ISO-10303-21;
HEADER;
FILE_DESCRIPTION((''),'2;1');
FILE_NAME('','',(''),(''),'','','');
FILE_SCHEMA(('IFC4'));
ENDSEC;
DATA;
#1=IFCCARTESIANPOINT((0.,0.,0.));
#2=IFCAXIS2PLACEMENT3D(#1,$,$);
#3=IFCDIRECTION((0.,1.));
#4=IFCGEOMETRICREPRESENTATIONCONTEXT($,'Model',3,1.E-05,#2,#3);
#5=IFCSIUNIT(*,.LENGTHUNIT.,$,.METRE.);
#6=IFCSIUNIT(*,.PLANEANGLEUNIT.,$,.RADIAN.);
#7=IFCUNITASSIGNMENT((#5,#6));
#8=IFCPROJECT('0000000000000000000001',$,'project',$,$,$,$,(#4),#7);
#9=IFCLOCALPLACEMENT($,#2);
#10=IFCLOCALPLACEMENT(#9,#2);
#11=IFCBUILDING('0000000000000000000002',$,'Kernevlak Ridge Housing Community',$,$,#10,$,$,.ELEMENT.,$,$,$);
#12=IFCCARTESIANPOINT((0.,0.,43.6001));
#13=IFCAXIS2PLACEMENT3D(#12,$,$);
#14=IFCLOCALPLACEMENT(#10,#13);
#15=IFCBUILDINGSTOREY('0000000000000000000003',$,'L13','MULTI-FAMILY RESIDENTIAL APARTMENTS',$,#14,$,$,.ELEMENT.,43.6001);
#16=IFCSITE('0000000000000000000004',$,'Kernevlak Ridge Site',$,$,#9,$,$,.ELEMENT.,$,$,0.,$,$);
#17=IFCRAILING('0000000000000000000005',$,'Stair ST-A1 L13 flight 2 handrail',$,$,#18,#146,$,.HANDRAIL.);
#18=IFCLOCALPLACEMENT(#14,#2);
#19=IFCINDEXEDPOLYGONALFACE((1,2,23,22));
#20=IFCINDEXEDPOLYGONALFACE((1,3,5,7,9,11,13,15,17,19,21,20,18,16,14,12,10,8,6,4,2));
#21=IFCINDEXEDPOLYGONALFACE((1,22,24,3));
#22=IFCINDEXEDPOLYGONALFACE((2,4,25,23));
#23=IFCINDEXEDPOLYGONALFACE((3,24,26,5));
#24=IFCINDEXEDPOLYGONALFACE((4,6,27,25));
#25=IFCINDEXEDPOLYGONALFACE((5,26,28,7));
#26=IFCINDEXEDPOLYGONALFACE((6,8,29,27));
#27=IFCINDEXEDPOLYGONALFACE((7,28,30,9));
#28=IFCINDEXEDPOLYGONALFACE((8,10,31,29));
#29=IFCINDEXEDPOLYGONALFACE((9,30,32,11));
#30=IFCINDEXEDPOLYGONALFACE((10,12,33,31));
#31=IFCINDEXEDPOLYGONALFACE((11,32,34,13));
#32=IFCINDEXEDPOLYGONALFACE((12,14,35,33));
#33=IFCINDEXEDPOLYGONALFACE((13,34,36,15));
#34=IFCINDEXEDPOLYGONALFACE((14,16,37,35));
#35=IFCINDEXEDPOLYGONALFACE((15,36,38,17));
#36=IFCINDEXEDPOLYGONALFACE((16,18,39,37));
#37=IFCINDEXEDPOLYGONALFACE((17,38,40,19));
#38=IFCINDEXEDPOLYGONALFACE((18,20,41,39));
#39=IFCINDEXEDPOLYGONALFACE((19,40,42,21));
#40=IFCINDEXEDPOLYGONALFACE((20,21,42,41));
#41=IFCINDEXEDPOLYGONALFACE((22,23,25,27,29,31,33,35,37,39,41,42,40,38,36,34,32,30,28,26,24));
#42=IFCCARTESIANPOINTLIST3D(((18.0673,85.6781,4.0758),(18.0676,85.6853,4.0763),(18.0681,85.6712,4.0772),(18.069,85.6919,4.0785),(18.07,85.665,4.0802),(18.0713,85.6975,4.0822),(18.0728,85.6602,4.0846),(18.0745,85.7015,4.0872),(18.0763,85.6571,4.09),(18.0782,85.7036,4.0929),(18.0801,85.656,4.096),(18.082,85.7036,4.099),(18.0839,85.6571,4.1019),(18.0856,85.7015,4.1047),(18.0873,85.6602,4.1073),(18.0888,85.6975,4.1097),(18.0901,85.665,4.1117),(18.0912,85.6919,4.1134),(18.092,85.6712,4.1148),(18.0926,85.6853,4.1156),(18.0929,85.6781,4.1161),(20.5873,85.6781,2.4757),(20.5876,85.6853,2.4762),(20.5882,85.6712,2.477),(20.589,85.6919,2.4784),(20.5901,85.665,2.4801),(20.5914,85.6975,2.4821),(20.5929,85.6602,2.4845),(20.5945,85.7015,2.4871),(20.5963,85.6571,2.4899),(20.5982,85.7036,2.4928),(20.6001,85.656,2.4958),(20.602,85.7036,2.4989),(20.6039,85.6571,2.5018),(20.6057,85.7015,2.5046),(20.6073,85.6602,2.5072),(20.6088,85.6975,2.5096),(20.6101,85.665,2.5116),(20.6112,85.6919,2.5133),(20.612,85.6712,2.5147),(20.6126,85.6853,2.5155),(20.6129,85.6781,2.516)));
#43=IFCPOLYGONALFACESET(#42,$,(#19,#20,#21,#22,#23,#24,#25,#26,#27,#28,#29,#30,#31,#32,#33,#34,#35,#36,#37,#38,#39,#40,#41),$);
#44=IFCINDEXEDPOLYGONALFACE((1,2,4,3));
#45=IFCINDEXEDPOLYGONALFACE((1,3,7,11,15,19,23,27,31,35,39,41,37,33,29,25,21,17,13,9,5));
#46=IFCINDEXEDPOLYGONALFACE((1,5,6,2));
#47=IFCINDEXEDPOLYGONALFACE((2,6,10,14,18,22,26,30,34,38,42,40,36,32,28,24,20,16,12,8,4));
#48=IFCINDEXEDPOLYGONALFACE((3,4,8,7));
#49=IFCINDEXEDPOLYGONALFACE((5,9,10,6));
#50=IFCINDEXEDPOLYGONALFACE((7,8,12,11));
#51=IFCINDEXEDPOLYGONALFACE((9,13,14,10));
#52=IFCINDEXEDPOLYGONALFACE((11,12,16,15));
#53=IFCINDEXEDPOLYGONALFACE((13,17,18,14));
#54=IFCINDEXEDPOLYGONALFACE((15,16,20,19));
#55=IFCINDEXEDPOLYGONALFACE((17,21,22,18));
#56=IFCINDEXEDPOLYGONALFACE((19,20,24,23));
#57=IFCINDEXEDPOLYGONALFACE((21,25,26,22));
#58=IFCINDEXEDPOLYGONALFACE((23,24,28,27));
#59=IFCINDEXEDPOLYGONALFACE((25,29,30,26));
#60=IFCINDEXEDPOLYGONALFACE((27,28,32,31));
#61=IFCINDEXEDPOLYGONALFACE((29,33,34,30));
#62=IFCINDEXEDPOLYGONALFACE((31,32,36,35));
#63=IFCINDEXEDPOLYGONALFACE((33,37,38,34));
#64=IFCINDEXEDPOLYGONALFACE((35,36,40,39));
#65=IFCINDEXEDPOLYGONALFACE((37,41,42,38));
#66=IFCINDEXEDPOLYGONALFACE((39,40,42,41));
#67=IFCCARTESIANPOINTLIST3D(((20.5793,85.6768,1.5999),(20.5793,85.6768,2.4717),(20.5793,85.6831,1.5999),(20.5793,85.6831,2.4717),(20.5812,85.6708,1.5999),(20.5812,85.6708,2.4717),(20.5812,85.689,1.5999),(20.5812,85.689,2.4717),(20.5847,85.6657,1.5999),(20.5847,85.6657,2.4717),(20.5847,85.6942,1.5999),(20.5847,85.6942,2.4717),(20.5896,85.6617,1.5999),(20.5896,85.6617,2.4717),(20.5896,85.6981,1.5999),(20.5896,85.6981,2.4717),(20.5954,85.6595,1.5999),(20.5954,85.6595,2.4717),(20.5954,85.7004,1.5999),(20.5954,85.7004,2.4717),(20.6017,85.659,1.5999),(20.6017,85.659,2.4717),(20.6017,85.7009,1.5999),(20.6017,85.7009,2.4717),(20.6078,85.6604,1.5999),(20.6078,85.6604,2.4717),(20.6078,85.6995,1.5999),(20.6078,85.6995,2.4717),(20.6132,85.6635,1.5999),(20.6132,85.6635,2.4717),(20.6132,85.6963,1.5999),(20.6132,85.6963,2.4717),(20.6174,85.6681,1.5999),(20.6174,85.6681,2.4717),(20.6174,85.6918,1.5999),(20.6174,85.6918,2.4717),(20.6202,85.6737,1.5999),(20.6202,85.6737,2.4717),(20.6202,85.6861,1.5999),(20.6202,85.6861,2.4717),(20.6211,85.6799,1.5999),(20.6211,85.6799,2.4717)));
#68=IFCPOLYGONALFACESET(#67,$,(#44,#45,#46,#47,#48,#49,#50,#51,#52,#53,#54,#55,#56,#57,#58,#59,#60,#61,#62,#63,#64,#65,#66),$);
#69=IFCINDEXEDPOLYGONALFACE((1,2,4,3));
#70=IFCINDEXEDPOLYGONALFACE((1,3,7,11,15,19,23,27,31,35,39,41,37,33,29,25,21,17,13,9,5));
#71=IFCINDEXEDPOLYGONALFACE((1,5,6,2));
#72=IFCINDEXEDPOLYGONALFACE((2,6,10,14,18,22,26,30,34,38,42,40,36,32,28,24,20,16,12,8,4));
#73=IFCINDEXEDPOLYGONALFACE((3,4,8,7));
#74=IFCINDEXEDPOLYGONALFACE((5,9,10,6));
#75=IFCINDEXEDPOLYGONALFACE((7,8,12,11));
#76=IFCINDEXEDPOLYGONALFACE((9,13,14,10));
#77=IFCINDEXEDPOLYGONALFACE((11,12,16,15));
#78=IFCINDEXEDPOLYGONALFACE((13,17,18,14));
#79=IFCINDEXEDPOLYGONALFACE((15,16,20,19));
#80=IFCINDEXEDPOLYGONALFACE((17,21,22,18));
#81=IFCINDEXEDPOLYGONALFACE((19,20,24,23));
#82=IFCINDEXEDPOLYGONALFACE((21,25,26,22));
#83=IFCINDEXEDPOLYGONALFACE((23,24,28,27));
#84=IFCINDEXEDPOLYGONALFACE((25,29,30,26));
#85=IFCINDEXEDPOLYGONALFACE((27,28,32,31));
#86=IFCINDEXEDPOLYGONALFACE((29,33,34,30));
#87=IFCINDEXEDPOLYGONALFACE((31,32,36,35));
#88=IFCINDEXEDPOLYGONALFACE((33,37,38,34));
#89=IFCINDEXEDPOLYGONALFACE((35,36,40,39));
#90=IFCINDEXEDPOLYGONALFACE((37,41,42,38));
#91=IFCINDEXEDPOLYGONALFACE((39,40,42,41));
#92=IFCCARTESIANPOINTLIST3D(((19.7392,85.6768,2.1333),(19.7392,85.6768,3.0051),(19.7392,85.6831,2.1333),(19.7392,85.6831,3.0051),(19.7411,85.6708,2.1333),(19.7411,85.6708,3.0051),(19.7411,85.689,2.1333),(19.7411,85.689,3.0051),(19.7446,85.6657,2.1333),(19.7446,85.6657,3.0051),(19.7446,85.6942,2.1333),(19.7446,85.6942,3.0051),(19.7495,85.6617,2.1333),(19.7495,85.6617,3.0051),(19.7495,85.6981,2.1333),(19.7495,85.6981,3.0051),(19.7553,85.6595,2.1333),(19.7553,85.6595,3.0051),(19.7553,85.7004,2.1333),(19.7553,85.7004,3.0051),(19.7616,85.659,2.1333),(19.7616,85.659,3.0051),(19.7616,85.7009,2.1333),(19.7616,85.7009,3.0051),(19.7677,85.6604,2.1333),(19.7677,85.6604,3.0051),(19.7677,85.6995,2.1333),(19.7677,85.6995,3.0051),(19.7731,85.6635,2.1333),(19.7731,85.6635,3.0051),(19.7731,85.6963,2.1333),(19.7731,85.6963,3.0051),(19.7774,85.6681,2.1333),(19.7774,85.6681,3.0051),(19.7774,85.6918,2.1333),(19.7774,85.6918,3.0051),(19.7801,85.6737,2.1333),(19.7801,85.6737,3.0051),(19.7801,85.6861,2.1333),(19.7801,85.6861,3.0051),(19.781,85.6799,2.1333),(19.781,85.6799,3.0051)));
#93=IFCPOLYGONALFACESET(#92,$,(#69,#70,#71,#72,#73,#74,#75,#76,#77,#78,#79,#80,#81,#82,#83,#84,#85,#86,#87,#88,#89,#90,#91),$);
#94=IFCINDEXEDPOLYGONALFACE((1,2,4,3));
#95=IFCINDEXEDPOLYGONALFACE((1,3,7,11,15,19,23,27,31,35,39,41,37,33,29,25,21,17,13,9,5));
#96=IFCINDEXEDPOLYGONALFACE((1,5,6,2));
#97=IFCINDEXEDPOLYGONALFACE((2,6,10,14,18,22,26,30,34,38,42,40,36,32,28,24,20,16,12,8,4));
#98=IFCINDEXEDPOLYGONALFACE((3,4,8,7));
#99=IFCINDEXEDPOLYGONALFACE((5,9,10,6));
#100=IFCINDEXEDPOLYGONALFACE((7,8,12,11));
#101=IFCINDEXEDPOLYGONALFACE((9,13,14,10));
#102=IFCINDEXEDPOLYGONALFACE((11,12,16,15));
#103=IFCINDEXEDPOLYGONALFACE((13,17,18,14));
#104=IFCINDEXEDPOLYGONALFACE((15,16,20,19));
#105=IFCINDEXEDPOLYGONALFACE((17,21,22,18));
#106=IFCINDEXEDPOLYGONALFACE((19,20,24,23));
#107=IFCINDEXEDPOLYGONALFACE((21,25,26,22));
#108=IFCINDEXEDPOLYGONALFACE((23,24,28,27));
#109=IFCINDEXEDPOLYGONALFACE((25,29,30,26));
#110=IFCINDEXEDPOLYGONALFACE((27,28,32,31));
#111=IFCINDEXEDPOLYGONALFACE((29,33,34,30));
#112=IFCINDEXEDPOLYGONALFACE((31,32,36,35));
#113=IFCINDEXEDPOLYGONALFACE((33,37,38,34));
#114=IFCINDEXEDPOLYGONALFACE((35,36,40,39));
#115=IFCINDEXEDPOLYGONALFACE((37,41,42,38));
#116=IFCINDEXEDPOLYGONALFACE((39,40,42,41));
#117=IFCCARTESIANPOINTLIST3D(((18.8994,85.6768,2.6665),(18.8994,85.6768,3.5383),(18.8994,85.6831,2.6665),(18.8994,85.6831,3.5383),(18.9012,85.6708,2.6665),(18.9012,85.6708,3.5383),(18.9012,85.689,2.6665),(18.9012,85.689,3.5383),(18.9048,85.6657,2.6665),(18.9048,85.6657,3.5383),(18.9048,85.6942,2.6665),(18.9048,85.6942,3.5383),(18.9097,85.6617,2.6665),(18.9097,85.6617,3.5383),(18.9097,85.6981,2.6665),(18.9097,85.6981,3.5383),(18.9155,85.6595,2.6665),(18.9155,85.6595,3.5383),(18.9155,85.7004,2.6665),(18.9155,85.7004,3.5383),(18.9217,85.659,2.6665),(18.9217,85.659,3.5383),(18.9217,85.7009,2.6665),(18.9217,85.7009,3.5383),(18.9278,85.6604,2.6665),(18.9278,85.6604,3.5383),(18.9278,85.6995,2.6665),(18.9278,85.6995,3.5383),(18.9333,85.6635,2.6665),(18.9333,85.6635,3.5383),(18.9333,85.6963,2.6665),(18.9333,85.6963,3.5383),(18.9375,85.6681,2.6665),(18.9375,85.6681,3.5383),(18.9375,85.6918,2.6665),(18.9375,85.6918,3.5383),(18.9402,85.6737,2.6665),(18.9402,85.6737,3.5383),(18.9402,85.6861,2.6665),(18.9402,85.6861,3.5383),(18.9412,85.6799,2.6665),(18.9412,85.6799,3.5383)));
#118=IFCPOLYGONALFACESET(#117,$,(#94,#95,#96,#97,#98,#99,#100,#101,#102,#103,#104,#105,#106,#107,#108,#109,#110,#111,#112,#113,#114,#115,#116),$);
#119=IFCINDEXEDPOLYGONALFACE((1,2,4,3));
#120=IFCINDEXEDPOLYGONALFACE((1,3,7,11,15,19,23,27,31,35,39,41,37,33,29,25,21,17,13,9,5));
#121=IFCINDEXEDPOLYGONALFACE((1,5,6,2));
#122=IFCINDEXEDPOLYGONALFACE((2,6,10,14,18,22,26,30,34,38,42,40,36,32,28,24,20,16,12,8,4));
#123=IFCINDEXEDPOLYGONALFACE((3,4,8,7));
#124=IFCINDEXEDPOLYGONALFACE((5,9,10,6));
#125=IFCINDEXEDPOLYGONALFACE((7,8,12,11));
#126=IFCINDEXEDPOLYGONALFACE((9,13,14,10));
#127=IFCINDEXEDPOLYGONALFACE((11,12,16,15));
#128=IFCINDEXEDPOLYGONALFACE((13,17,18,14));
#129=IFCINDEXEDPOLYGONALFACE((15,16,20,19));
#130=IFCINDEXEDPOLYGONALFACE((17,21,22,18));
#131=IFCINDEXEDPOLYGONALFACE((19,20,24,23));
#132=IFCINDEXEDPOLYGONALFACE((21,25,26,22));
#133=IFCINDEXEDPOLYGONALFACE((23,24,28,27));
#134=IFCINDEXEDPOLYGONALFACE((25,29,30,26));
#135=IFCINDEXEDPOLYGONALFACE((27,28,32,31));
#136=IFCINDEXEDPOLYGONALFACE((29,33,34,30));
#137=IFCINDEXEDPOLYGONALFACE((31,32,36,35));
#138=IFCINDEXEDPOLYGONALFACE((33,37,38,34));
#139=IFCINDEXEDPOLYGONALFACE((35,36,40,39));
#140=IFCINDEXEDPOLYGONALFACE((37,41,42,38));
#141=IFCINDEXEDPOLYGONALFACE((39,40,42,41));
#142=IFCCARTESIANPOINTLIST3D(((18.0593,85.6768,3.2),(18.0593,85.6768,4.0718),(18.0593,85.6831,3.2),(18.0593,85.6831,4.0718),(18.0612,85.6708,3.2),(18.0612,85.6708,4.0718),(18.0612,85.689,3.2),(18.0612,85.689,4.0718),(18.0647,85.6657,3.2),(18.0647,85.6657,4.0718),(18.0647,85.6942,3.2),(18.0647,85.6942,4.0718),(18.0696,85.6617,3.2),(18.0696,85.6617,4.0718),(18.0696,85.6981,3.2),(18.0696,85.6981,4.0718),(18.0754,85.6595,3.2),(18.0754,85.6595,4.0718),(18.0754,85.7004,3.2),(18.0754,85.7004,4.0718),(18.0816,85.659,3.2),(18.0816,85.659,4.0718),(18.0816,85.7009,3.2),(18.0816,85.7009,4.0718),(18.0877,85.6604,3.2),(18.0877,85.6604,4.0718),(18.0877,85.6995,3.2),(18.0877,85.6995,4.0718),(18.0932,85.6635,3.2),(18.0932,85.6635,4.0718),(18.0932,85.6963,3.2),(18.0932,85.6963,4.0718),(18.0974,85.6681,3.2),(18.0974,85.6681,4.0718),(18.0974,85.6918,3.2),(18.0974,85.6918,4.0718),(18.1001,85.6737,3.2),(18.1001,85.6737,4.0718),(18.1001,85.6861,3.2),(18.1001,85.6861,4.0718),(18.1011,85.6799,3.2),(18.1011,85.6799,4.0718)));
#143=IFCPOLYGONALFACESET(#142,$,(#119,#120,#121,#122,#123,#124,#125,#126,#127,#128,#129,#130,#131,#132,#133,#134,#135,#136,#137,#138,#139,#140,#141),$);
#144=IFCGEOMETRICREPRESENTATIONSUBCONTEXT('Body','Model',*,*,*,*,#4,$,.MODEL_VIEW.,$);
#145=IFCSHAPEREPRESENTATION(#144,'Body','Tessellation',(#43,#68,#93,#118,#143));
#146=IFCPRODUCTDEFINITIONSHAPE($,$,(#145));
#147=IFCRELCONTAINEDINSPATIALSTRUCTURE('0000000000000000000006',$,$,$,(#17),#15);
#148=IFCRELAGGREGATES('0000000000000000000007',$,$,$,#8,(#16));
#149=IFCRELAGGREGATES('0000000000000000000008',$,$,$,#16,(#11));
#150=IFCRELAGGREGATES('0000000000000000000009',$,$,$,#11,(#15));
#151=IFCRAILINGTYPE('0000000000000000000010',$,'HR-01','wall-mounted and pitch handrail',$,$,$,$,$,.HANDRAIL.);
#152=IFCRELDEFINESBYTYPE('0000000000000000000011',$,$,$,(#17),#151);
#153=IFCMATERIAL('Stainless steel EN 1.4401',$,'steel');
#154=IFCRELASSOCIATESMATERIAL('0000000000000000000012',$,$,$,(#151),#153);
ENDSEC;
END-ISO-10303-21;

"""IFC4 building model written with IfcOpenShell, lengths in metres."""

from ifc_helpers import new_model, si_unit, direction, frame, origin, origin_2d, place, context, subcontext, project, spatial, circle, extrude, material, type_object, element, save


model = new_model("IFC4")

# Units and contexts
model_context = context("Model", 3, precision=1e-05, world=origin(), true_north=direction((0.0, 1.0)))
body_context = subcontext(model_context, "Body", "Model", "MODEL_VIEW")
ifc_project = project(units=[si_unit("LENGTHUNIT", "METRE"), si_unit("PLANEANGLEUNIT", "RADIAN")], contexts=[model_context])

# Site, building, storey
site_placement = place(None, origin())
site = spatial("IfcSite", under=ifc_project, at=site_placement, Name="Kernevlak Ridge Site", CompositionType="ELEMENT", RefElevation=0.0)
building_placement = place(site_placement, origin())
building = spatial("IfcBuilding", under=site, at=building_placement, Name="Kernevlak Ridge Housing Community", CompositionType="ELEMENT")
storey_placement = place(building_placement, frame((0.0, 0.0, 43.6001)))
storey = spatial("IfcBuildingStorey", under=building, at=storey_placement, Name="L13", Description="MULTI-FAMILY RESIDENTIAL APARTMENTS", CompositionType="ELEMENT", Elevation=43.6001)

# Railing
ifc_material_1 = material(Name="Stainless steel EN 1.4401", Category="steel")
railing_type = type_object("IfcRailingType", Name="HR-01", Description="wall-mounted and pitch handrail", PredefinedType="HANDRAIL", material=ifc_material_1)
railing_placement = place(storey_placement, frame((20.6001, 85.6799, 1.5999)))
element("IfcRailing", 1, at=railing_placement, inside=storey, type_object=railing_type, Name="Stair ST-A1 L13 flight 2 handrail", PredefinedType="HANDRAIL", context=body_context, shape_type="SweptSolid", body=[
    extrude(circle(Radius=0.0239, at=origin_2d()), frame((0.0, 0.0, 0.896), z_axis=(-0.8442, 0.0, 0.536028), x_axis=(0.0, -1.0, 0.0)), (0.0, 0.0, 1.0), 2.9851),
    extrude(circle(Radius=0.021, at=origin_2d()), origin(), (0.0, 0.0, 1.0), 0.8718),
    extrude(circle(Radius=0.021, at=origin_2d()), frame((-0.8401, 0.0, 0.5334)), (0.0, 0.0, 1.0), 0.8718),
    extrude(circle(Radius=0.021, at=origin_2d()), frame((-1.6799, 0.0, 1.0667)), (0.0, 0.0, 1.0), 0.8718),
    extrude(circle(Radius=0.021, at=origin_2d()), frame((-2.52, 0.0, 1.6001)), (0.0, 0.0, 1.0), 0.8718),
])

save(model, "model.ifc")
